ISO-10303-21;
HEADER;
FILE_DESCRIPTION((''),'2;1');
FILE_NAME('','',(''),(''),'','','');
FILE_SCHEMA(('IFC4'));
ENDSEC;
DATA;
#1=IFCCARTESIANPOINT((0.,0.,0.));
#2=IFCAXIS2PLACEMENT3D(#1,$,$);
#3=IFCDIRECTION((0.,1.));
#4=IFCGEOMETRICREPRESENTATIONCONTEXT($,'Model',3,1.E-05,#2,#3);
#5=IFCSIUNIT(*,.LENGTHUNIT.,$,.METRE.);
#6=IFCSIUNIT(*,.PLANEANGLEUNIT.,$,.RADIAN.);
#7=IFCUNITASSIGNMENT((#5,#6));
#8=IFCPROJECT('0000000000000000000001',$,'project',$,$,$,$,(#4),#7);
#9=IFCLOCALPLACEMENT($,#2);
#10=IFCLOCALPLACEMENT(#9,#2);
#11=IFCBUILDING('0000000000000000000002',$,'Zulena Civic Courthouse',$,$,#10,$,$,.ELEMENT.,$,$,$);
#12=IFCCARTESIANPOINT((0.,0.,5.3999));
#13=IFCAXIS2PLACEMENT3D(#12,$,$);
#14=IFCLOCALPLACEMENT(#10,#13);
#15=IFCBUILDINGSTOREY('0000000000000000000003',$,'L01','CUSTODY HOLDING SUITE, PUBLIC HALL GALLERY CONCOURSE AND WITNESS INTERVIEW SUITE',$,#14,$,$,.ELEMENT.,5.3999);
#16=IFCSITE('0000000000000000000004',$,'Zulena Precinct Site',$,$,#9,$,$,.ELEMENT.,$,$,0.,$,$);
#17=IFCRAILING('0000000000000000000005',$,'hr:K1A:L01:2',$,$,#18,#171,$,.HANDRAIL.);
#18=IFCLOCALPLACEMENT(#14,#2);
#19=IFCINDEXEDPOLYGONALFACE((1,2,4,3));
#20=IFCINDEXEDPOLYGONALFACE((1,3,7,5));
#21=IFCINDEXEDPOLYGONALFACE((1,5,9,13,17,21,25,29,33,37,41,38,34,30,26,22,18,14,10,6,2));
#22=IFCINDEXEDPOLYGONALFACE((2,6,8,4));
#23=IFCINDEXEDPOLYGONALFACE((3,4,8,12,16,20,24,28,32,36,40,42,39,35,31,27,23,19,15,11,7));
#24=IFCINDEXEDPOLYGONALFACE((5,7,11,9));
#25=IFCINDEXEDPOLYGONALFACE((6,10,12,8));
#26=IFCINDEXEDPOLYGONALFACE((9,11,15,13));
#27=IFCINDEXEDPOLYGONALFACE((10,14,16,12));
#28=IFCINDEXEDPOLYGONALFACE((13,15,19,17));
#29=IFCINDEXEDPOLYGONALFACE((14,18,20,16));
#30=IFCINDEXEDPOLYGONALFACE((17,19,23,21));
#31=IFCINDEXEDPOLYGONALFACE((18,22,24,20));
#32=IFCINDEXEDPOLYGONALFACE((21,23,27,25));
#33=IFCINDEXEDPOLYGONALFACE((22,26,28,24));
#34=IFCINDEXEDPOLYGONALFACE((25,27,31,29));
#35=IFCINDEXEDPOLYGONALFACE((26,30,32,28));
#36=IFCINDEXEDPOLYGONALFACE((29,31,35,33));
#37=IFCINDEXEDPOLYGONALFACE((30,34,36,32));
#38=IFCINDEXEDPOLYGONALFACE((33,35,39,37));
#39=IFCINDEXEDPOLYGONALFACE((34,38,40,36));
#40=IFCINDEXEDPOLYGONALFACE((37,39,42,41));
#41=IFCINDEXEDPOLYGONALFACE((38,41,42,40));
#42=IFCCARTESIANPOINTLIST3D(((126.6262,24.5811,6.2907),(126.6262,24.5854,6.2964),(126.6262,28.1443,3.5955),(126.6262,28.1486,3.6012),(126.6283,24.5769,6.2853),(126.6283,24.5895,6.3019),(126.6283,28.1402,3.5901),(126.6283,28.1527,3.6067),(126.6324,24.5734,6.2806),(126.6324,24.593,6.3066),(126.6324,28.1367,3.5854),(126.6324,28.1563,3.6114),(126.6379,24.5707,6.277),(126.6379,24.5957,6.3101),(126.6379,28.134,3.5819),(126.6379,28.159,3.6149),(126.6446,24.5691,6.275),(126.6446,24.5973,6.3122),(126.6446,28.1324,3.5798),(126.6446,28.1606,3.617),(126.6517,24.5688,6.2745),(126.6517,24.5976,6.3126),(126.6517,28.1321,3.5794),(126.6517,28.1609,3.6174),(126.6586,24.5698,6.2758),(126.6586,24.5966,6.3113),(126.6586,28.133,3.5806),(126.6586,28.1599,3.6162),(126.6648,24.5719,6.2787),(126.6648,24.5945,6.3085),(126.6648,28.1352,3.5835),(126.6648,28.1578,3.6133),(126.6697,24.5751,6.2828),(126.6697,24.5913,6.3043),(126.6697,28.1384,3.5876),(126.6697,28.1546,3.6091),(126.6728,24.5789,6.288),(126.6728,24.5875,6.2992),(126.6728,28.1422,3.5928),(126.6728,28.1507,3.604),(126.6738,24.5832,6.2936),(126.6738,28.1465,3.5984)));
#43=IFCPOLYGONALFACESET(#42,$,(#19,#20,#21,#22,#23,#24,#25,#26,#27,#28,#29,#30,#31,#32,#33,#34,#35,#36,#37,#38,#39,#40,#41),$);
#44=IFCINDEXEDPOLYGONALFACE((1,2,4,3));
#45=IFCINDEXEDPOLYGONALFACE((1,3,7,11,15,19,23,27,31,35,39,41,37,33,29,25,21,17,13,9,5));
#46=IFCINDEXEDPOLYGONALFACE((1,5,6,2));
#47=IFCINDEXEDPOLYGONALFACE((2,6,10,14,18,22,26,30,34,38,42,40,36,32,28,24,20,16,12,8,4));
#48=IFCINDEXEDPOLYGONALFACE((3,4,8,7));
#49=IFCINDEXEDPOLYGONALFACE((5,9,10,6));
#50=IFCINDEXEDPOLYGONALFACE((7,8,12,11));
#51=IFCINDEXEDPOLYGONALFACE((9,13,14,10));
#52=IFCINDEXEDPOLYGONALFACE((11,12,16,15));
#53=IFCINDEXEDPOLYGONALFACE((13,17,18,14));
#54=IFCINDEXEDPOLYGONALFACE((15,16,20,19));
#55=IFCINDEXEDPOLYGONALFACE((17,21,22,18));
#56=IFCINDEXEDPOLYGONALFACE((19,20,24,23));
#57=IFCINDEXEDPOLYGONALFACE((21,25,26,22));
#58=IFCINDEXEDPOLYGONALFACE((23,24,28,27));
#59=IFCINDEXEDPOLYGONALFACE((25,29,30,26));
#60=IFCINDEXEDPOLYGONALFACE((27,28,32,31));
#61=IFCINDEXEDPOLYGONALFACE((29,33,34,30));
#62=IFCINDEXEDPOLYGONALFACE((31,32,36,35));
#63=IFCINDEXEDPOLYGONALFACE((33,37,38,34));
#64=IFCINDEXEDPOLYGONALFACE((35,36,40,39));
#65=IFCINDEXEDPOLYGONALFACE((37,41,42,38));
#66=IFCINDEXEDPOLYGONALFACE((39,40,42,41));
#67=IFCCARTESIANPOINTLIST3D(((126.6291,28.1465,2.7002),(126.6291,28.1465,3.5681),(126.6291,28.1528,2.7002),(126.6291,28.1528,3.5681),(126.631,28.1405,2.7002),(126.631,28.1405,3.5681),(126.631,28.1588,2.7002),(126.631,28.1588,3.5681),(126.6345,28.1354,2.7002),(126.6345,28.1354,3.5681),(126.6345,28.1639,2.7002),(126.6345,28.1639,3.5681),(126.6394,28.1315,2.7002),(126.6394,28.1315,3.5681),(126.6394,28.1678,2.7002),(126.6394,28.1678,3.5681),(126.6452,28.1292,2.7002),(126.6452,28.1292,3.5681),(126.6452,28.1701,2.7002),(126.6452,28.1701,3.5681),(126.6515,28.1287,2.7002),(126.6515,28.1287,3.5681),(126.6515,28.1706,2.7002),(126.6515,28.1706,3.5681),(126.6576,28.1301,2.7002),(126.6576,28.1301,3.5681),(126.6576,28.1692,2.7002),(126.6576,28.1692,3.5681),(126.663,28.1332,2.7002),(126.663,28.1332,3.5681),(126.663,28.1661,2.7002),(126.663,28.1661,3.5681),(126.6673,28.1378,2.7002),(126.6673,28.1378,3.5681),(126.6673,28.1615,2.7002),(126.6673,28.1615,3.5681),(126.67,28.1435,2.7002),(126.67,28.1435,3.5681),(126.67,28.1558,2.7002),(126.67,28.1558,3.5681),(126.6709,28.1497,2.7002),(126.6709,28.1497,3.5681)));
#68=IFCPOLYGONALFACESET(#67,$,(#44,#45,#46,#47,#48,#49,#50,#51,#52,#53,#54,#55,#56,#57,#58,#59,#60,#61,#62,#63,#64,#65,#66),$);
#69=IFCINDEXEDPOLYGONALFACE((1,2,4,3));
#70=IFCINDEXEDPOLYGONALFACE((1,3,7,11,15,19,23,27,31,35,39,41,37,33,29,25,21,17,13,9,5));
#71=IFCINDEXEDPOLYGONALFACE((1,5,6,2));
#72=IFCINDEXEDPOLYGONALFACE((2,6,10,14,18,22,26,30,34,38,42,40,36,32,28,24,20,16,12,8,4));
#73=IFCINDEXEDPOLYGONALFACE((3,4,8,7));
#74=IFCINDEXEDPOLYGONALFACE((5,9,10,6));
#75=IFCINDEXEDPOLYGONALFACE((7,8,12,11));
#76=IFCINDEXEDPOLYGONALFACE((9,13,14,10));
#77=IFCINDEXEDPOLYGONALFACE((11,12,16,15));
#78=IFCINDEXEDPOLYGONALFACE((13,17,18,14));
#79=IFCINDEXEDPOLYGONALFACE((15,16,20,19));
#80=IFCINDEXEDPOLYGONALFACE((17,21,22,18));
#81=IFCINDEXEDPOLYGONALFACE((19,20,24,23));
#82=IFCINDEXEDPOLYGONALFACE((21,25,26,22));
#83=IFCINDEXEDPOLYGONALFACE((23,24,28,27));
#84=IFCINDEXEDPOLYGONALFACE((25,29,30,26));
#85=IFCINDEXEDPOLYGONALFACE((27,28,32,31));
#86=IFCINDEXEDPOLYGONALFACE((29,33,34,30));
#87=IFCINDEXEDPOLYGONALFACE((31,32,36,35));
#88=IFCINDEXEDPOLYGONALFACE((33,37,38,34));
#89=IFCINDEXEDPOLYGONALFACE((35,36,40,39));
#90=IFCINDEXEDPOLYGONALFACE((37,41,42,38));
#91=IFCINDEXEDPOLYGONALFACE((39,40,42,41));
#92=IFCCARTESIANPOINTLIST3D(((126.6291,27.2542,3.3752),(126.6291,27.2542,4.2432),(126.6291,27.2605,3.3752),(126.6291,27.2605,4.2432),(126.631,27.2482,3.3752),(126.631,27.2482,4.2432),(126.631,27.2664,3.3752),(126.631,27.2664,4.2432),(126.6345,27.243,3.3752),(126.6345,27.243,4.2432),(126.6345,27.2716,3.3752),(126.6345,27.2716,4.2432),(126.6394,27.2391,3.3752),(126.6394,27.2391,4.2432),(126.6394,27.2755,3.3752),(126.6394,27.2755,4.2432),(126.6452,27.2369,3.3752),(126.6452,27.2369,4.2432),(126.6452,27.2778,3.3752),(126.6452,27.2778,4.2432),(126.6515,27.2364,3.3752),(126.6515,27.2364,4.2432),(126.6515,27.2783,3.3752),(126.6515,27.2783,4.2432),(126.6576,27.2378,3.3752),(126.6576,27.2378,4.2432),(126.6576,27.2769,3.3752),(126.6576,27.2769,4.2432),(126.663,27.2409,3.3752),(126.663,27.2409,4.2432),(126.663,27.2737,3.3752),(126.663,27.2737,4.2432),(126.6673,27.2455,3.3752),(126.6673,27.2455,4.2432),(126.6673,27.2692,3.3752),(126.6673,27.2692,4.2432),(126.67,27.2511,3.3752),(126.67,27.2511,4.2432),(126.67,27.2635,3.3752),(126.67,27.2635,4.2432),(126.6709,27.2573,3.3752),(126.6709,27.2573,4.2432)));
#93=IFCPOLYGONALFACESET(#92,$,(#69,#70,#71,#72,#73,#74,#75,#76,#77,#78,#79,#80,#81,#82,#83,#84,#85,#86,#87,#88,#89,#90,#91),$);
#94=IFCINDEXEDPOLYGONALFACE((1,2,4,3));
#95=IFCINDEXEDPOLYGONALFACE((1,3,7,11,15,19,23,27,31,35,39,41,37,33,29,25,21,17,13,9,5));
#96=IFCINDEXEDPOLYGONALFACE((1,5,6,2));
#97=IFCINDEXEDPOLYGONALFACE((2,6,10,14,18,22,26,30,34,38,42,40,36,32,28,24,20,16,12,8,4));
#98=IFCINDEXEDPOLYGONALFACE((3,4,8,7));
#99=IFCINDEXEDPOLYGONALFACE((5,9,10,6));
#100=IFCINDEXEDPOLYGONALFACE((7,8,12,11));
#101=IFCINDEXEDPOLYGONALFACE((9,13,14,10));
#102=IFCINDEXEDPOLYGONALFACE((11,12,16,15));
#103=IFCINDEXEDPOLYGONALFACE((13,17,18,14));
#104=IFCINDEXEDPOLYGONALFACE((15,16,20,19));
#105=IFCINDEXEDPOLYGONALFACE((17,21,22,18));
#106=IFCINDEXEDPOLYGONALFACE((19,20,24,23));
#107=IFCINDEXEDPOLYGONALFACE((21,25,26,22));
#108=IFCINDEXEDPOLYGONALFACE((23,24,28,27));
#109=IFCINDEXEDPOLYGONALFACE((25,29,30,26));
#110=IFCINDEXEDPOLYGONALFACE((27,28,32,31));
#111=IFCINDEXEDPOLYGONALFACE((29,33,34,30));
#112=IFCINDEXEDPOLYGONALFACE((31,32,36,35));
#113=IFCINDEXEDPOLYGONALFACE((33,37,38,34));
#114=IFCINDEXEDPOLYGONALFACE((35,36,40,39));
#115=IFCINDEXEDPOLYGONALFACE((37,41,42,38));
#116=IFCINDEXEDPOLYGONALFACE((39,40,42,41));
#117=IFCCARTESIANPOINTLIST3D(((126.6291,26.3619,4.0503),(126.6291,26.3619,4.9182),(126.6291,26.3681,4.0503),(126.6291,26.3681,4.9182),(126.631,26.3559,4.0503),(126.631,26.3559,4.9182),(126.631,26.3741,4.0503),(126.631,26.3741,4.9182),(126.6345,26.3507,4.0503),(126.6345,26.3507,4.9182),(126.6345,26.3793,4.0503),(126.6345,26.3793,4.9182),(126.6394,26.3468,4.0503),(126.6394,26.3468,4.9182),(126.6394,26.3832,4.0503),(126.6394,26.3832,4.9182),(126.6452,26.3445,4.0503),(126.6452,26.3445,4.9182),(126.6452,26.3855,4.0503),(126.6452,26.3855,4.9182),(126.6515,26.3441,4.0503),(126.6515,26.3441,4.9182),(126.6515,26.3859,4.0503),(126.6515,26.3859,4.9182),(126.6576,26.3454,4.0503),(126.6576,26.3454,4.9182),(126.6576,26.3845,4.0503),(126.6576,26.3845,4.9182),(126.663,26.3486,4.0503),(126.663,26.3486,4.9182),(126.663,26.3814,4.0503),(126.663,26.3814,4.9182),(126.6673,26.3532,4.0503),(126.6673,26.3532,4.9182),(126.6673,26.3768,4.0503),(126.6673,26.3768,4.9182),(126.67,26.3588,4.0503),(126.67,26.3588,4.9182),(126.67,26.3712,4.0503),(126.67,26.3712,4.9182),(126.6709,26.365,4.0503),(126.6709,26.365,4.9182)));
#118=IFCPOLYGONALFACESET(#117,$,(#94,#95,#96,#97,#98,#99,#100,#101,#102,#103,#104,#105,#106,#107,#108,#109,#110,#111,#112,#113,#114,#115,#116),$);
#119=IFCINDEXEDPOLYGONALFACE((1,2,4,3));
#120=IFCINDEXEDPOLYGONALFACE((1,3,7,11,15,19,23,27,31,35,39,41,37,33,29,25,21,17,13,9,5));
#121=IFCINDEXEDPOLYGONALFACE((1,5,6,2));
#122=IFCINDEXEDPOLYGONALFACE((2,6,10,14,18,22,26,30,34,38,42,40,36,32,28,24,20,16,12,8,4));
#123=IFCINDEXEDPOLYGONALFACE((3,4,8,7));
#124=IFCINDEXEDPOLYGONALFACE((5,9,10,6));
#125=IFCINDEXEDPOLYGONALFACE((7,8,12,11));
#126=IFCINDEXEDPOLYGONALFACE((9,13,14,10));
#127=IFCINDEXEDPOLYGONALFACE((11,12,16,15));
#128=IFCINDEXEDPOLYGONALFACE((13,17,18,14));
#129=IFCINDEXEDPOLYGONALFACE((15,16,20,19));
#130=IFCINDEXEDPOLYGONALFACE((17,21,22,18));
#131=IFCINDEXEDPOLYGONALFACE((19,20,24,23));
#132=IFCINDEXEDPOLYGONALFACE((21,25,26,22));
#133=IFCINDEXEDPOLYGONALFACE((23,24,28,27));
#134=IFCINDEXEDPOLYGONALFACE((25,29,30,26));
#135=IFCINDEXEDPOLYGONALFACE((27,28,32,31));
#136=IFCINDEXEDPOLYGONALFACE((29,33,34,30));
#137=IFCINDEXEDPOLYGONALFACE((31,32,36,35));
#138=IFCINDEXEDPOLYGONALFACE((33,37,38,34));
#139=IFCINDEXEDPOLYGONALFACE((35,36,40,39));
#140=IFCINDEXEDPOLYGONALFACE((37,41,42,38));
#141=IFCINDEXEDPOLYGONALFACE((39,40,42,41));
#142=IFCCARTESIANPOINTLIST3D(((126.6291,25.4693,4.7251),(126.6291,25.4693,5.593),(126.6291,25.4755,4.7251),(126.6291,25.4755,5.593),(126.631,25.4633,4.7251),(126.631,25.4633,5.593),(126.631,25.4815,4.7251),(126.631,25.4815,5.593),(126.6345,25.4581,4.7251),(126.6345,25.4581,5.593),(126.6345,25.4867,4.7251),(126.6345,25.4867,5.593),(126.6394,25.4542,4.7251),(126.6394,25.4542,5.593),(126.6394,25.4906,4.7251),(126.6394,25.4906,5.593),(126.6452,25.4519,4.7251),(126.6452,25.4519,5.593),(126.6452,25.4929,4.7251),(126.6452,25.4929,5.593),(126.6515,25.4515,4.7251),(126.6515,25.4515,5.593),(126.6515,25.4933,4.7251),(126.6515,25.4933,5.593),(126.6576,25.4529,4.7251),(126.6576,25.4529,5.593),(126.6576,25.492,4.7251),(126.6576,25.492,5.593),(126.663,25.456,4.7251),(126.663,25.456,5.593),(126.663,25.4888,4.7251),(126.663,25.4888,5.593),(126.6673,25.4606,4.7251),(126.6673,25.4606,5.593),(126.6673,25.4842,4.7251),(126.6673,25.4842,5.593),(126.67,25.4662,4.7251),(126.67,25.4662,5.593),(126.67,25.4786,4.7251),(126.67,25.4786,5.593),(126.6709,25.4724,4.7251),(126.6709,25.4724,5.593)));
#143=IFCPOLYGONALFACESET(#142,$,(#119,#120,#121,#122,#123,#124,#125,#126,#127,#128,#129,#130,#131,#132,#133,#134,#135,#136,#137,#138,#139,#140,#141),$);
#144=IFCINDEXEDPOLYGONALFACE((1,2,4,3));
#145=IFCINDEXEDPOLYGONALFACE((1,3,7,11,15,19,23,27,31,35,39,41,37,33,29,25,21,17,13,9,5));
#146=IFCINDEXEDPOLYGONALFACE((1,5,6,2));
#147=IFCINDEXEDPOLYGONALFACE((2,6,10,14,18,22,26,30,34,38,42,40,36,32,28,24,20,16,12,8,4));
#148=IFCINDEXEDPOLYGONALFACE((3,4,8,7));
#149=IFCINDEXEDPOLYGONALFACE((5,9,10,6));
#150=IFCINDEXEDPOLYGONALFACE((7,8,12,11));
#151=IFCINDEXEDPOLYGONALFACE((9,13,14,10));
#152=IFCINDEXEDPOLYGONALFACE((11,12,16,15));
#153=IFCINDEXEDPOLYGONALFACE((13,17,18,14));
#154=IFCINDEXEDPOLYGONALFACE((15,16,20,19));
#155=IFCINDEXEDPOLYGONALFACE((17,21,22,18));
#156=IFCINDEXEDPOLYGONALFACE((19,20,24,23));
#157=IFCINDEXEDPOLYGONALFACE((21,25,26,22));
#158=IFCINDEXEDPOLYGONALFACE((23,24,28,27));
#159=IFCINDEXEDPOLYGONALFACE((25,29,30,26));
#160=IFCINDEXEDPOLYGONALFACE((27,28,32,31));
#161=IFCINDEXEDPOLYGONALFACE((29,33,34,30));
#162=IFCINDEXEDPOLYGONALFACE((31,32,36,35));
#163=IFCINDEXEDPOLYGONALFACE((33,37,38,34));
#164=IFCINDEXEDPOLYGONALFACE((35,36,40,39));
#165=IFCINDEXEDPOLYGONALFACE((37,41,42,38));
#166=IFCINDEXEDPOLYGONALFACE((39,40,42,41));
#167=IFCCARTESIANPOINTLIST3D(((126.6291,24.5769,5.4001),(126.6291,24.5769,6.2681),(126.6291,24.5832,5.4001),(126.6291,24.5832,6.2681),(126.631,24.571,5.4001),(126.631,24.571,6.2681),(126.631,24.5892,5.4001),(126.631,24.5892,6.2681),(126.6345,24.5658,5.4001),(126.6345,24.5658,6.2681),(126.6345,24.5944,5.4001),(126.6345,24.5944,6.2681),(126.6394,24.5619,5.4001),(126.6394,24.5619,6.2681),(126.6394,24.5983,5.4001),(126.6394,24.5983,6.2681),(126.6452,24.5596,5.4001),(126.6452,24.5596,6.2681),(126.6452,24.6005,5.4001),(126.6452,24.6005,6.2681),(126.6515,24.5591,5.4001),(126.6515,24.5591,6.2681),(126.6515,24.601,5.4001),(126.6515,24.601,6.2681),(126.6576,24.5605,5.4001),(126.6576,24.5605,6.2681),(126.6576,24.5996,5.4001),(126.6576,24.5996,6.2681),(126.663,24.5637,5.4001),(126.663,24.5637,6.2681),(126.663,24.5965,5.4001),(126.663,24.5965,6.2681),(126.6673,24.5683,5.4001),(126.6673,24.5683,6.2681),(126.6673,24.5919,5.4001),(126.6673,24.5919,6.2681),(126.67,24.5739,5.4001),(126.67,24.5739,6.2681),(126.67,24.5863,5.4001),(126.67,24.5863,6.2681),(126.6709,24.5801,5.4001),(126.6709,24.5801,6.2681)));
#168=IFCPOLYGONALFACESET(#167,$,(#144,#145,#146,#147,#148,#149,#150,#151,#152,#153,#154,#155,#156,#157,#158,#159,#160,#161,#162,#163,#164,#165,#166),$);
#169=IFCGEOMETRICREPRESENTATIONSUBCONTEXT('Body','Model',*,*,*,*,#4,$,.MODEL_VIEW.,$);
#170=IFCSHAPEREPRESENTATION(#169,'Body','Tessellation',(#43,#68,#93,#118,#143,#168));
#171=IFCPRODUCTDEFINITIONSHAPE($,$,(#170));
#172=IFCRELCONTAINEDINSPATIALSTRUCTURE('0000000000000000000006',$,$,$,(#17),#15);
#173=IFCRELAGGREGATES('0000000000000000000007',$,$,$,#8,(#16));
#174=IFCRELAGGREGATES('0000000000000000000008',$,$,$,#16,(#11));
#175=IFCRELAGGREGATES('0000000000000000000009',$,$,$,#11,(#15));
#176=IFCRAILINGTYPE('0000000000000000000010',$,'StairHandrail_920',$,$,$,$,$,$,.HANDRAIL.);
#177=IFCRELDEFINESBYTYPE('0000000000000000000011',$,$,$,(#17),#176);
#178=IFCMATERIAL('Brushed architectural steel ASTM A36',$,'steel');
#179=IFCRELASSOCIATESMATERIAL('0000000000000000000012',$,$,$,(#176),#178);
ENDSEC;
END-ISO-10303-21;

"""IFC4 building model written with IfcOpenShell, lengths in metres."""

from ifc_helpers import new_model, si_unit, direction, frame, origin, origin_2d, place, context, subcontext, project, spatial, circle, extrude, material, type_object, element, save


model = new_model("IFC4")

# Units and contexts
model_context = context("Model", 3, precision=1e-05, world=origin(), true_north=direction((0.0, 1.0)))
body_context = subcontext(model_context, "Body", "Model", "MODEL_VIEW")
ifc_project = project(units=[si_unit("LENGTHUNIT", "METRE"), si_unit("PLANEANGLEUNIT", "RADIAN")], contexts=[model_context])

# Site, building, storey
site_placement = place(None, origin())
site = spatial("IfcSite", under=ifc_project, at=site_placement, Name="Zulena Precinct Site", CompositionType="ELEMENT", RefElevation=0.0)
building_placement = place(site_placement, origin())
building = spatial("IfcBuilding", under=site, at=building_placement, Name="Zulena Civic Courthouse", CompositionType="ELEMENT")
storey_placement = place(building_placement, frame((0.0, 0.0, 5.3999)))
storey = spatial("IfcBuildingStorey", under=building, at=storey_placement, Name="L01", Description="CUSTODY HOLDING SUITE, PUBLIC HALL GALLERY CONCOURSE AND WITNESS INTERVIEW SUITE", CompositionType="ELEMENT", Elevation=5.3999)

# Shared definitions
ifc_material_1 = material(Name="Brushed architectural steel ASTM A36", Category="steel")

# Railing
railing_type_1 = type_object("IfcRailingType", Name="StairHandrail_920", PredefinedType="HANDRAIL", material=ifc_material_1)
railing_1_placement = place(storey_placement, frame((126.6499, 28.1497, 2.7002)))
element("IfcRailing", 1, at=railing_1_placement, inside=storey, type_object=railing_type_1, Name="hr:K1A:L01:2", PredefinedType="HANDRAIL", context=body_context, shape_type="SweptSolid", body=[
    extrude(circle(Radius=0.0239, at=origin_2d()), frame((0.0, -0.0032, 0.8982), z_axis=(0.0, -0.797552, 0.60325), x_axis=(1.0, 0.0, 0.0)), (0.0, 0.0, 1.0), 4.4678),
    extrude(circle(Radius=0.021, at=origin_2d()), origin(), (0.0, 0.0, 1.0), 0.8679),
    extrude(circle(Radius=0.021, at=origin_2d()), frame((0.0, -0.8923, 0.675)), (0.0, 0.0, 1.0), 0.8679),
    extrude(circle(Radius=0.021, at=origin_2d()), frame((0.0, -1.7847, 1.3501)), (0.0, 0.0, 1.0), 0.8679),
    extrude(circle(Radius=0.021, at=origin_2d()), frame((0.0, -2.6772, 2.0249)), (0.0, 0.0, 1.0), 0.8679),
    extrude(circle(Radius=0.021, at=origin_2d()), frame((0.0, -3.5696, 2.7)), (0.0, 0.0, 1.0), 0.8679),
])

save(model, "model.ifc")
